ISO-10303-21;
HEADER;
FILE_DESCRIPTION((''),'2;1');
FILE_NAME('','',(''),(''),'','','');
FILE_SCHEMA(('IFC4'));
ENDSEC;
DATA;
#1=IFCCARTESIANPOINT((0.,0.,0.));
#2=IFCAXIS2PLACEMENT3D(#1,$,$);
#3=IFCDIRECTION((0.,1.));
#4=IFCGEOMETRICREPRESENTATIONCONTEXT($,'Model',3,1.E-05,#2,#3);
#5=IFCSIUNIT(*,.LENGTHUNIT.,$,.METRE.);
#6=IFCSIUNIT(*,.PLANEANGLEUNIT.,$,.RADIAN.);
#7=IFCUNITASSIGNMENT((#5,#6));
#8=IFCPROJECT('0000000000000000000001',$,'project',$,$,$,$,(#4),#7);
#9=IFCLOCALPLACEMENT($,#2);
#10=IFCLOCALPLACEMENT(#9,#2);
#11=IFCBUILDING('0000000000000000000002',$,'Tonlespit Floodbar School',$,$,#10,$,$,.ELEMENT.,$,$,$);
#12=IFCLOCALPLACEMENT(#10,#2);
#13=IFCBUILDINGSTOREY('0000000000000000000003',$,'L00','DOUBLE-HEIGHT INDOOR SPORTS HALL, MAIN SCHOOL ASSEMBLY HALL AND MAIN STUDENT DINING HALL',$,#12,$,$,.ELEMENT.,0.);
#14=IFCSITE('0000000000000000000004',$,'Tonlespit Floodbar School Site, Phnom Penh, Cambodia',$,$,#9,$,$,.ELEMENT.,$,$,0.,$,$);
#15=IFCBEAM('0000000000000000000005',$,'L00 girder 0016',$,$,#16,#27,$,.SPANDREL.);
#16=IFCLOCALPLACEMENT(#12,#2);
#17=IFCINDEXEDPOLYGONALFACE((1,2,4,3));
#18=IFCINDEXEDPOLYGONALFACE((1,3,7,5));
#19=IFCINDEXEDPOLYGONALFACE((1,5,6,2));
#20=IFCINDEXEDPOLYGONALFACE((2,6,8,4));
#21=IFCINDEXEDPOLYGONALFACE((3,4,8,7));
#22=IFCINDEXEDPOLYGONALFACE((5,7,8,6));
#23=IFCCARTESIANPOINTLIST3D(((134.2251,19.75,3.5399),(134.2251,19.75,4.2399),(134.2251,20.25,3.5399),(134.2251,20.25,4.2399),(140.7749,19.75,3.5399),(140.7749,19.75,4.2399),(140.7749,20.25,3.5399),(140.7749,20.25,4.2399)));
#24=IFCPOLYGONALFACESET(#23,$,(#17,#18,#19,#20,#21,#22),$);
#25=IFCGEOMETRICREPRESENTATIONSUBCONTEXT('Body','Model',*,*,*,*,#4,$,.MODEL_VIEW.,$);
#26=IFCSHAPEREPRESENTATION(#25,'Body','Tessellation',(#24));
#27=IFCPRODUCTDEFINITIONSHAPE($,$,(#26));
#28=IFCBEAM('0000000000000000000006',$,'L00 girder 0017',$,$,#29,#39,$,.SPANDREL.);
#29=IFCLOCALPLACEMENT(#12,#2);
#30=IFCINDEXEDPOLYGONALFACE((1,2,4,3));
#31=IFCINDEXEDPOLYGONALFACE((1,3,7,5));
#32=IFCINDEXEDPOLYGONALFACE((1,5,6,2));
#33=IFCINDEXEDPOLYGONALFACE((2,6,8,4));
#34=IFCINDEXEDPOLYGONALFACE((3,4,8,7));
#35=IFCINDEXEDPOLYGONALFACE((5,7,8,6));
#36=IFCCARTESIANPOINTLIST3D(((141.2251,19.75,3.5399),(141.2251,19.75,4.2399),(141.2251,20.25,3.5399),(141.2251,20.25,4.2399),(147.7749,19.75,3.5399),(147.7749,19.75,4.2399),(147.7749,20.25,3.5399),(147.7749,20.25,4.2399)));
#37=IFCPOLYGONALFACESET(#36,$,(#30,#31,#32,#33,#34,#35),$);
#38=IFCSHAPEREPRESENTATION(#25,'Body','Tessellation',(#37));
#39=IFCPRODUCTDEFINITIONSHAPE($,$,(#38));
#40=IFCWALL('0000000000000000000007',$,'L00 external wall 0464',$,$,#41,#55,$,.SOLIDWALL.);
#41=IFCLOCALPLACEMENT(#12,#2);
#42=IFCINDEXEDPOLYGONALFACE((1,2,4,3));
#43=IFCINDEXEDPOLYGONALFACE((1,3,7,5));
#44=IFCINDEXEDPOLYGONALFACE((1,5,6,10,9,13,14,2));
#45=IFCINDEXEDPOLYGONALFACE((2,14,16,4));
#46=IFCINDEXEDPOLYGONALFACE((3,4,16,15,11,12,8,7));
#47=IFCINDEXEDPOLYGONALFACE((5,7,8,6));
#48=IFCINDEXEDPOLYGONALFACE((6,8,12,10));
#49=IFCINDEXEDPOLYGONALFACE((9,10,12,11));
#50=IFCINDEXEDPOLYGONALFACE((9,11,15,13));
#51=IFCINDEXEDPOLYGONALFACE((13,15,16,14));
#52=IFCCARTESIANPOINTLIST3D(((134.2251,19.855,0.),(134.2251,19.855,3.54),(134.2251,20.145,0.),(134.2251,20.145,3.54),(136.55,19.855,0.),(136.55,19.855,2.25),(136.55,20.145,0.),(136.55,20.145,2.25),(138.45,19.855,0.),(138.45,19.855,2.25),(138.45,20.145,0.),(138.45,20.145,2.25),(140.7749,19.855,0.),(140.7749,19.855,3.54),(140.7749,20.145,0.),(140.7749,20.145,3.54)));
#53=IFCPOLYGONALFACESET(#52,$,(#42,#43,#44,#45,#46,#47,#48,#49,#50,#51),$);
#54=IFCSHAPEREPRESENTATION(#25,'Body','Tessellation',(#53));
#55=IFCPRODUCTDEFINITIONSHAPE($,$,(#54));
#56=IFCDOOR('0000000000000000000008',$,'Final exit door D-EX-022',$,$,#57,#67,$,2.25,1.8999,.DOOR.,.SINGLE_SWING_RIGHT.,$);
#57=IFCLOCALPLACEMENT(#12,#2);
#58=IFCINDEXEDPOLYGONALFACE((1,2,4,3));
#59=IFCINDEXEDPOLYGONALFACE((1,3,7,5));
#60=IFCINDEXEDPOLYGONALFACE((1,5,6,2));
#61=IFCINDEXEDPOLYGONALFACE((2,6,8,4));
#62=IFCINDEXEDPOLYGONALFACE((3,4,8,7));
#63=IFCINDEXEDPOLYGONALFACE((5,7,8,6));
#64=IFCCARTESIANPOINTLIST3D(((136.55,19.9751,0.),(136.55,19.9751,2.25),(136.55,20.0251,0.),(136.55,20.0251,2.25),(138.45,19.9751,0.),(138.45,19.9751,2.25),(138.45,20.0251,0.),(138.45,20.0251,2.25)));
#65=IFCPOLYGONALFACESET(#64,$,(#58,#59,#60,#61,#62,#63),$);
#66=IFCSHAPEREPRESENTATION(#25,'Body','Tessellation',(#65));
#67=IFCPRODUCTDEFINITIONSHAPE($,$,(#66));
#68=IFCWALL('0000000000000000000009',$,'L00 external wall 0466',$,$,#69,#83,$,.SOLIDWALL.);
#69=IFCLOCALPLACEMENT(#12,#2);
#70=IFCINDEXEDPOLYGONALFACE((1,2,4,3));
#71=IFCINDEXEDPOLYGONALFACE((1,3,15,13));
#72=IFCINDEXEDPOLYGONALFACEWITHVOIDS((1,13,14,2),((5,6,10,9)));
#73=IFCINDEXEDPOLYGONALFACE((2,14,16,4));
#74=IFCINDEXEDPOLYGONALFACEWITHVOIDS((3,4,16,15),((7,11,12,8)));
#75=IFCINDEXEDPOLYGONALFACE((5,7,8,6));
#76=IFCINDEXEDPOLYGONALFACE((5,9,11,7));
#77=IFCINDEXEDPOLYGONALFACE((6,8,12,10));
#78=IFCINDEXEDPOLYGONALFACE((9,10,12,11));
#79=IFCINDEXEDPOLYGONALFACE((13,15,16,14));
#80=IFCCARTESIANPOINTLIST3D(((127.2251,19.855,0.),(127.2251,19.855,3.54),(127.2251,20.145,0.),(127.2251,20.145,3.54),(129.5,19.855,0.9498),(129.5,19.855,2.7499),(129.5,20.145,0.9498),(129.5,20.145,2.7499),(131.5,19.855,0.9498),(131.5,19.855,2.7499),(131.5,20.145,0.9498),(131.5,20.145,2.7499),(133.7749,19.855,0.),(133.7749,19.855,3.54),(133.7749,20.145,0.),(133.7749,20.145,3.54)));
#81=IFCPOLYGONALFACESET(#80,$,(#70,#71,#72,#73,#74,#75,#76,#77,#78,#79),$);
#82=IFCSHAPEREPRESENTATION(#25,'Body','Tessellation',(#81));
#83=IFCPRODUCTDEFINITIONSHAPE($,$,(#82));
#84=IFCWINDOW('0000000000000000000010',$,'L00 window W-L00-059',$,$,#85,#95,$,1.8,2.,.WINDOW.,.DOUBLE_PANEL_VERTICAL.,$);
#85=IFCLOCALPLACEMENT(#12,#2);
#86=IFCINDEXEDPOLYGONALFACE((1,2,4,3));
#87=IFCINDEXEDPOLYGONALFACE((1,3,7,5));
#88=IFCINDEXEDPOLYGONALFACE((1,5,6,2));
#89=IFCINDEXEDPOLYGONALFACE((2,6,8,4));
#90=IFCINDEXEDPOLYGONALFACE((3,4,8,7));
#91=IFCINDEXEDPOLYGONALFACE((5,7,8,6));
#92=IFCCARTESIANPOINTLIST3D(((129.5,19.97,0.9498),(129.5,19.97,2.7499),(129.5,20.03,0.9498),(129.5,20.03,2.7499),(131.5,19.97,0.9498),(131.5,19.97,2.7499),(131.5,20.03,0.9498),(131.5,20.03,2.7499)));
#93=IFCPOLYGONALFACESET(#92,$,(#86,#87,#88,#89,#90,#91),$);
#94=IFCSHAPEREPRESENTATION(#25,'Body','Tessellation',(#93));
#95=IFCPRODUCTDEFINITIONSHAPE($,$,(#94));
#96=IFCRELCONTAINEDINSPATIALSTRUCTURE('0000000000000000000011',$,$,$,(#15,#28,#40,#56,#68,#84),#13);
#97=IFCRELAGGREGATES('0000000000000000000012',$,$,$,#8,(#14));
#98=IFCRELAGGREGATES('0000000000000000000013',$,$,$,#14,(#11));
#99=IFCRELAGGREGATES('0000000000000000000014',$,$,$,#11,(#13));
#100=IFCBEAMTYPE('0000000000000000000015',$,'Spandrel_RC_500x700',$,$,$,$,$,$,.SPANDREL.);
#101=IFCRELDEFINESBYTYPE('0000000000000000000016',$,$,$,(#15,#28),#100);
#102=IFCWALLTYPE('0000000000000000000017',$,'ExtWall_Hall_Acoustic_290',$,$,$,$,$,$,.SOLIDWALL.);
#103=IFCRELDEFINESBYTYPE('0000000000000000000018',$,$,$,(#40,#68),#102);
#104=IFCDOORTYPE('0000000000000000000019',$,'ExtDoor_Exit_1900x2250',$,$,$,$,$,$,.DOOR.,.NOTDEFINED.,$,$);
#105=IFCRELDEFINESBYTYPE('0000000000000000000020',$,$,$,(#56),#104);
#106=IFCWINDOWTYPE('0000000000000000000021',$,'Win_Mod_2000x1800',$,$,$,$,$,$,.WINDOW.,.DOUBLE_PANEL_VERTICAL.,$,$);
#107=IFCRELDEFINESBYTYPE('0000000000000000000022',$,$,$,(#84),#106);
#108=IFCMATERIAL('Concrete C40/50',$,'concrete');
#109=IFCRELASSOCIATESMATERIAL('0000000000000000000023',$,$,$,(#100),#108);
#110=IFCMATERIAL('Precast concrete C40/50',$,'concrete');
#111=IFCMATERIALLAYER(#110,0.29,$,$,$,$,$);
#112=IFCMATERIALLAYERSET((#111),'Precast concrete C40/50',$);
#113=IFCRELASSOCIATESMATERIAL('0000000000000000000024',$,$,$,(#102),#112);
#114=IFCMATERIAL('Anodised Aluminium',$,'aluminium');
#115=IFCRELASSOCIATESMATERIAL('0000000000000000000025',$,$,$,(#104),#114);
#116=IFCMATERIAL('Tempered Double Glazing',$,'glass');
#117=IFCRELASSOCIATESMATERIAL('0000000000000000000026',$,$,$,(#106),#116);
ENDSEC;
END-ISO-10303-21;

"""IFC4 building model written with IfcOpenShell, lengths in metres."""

from ifc_helpers import new_model, si_unit, direction, frame, frame_2d, origin, origin_2d, place, context, subcontext, project, spatial, rectangle, extrude, material, layer, layer_set, material_profile, profile_set, type_object, element, fill, save


model = new_model("IFC4")

# Units and contexts
model_context = context("Model", 3, precision=1e-05, world=origin(), true_north=direction((0.0, 1.0)))
body_context = subcontext(model_context, "Body", "Model", "MODEL_VIEW")
ifc_project = project(units=[si_unit("LENGTHUNIT", "METRE"), si_unit("PLANEANGLEUNIT", "RADIAN")], contexts=[model_context])

# Site, building, storey
site_placement = place(None, origin())
site = spatial("IfcSite", under=ifc_project, at=site_placement, Name="Tonlespit Floodbar School Site, Phnom Penh, Cambodia", CompositionType="ELEMENT", RefElevation=0.0)
building_placement = place(site_placement, origin())
building = spatial("IfcBuilding", under=site, at=building_placement, Name="Tonlespit Floodbar School", CompositionType="ELEMENT")
storey_placement = place(building_placement, origin())
storey = spatial("IfcBuildingStorey", under=building, at=storey_placement, Name="L00", Description="DOUBLE-HEIGHT INDOOR SPORTS HALL, MAIN SCHOOL ASSEMBLY HALL AND MAIN STUDENT DINING HALL", CompositionType="ELEMENT", Elevation=0.0)

# Shared definitions
ifc_material_1 = material(Name="Concrete C40/50", Category="concrete")

# Beams
ifc_material_profile_1 = material_profile(ifc_material_1, rectangle(XDim=0.5, YDim=0.7, at=origin_2d()), Name="RC 500x700")
ifc_profile_set_1 = profile_set([ifc_material_profile_1], Name="Concrete C40/50")
beam_type_1 = type_object("IfcBeamType", Name="Spandrel_RC_500x700", PredefinedType="SPANDREL", material=ifc_profile_set_1)
for number, where, z_axis, x_axis, name in (
    (1, (134.2251, 20.0, 3.8899), (1.0, 0.0, 0.0), (0.0, 1.0, 0.0), "L00 girder 0016"),
    (2, (141.2251, 20.0, 3.8899), (1.0, 0.0, 0.0), (0.0, 1.0, 0.0), "L00 girder 0017"),
):
    element("IfcBeam", number, at=place(storey_placement, frame(where, z_axis=z_axis, x_axis=x_axis)), inside=storey, type_object=beam_type_1, Name=name, PredefinedType="SPANDREL", context=body_context, shape_type="SweptSolid", body=[
        extrude(rectangle(XDim=0.5, YDim=0.7, at=origin_2d()), origin(), (0.0, 0.0, 1.0), 6.5498),
    ])

# Wall, opening, door
ifc_material_2 = material(Name="Precast concrete C40/50", Category="concrete")
ifc_layer = layer(ifc_material_2, 0.29)
ifc_layer_set = layer_set([ifc_layer], Name="Precast concrete C40/50")
wall_type = type_object("IfcWallType", Name="ExtWall_Hall_Acoustic_290", PredefinedType="SOLIDWALL", material=ifc_layer_set)
wall_1_placement = place(storey_placement, frame((140.7749, 20.0, 0.0), z_axis=(0.0, 0.0, 1.0), x_axis=(-1.0, 0.0, 0.0)))
wall_1 = element("IfcWall", 3, at=wall_1_placement, inside=storey, type_object=wall_type, Name="L00 external wall 0464", PredefinedType="SOLIDWALL", context=body_context, shape_type="SweptSolid", body=[
    extrude(rectangle(XDim=6.5498, YDim=0.29, at=frame_2d((3.2749, 0.0))), origin(), (0.0, 0.0, 1.0), 3.54),
])
opening_1_placement = place(wall_1_placement, frame((2.325, 0.0, 0.0)))
opening_1 = element("IfcOpeningElement", 4, at=opening_1_placement, cuts=wall_1, PredefinedType="OPENING", context=body_context, shape_type="SweptSolid", body=[
    extrude(rectangle(XDim=1.8999, YDim=2.25, at=frame_2d((0.95, 1.125))), frame((0.0, 0.155, 0.0), z_axis=(0.0, -1.0, 0.0), x_axis=(1.0, 0.0, 0.0)), (0.0, 0.0, 1.0), 0.3101),
])
ifc_material_3 = material(Name="Anodised Aluminium", Category="aluminium")
door_type = type_object("IfcDoorType", Name="ExtDoor_Exit_1900x2250", OperationType="NOTDEFINED", PredefinedType="DOOR", material=ifc_material_3)
door_placement = place(opening_1_placement, origin())
door = element("IfcDoor", 5, at=door_placement, inside=storey, type_object=door_type, Name="Final exit door D-EX-022", OperationType="SINGLE_SWING_RIGHT", OverallHeight=2.25, OverallWidth=1.8999, PredefinedType="DOOR", context=body_context, shape_type="SweptSolid", body=[
    extrude(rectangle(XDim=1.8999, YDim=2.25, at=frame_2d((0.95, 1.125))), frame((0.0, 0.0249, 0.0), z_axis=(0.0, -1.0, 0.0), x_axis=(1.0, 0.0, 0.0)), (0.0, 0.0, 1.0), 0.05),
])
fill(opening_1, door)

# Wall, opening, window
wall_2_placement = place(storey_placement, frame((133.7749, 20.0, 0.0), z_axis=(0.0, 0.0, 1.0), x_axis=(-1.0, 0.0, 0.0)))
wall_2 = element("IfcWall", 6, at=wall_2_placement, inside=storey, type_object=wall_type, Name="L00 external wall 0466", PredefinedType="SOLIDWALL", context=body_context, shape_type="SweptSolid", body=[
    extrude(rectangle(XDim=6.5498, YDim=0.29, at=frame_2d((3.2749, 0.0))), origin(), (0.0, 0.0, 1.0), 3.54),
])
opening_2_placement = place(wall_2_placement, frame((2.2749, 0.0, 0.95)))
opening_2 = element("IfcOpeningElement", 7, at=opening_2_placement, cuts=wall_2, PredefinedType="OPENING", context=body_context, shape_type="SweptSolid", body=[
    extrude(rectangle(XDim=2.0, YDim=1.8, at=frame_2d((1.0, 0.8999))), frame((0.0, 0.155, 0.0), z_axis=(0.0, -1.0, 0.0), x_axis=(1.0, 0.0, 0.0)), (0.0, 0.0, 1.0), 0.3101),
])
ifc_material_4 = material(Name="Tempered Double Glazing", Category="glass")
window_type = type_object("IfcWindowType", Name="Win_Mod_2000x1800", PartitioningType="DOUBLE_PANEL_VERTICAL", PredefinedType="WINDOW", material=ifc_material_4)
window_placement = place(opening_2_placement, origin())
window = element("IfcWindow", 8, at=window_placement, inside=storey, type_object=window_type, Name="L00 window W-L00-059", OverallHeight=1.8, OverallWidth=2.0, PartitioningType="DOUBLE_PANEL_VERTICAL", PredefinedType="WINDOW", context=body_context, shape_type="SweptSolid", body=[
    extrude(rectangle(XDim=2.0, YDim=1.8, at=frame_2d((1.0, 0.8999))), frame((0.0, 0.03, 0.0), z_axis=(0.0, -1.0, 0.0), x_axis=(1.0, 0.0, 0.0)), (0.0, 0.0, 1.0), 0.0601),
])
fill(opening_2, window)

save(model, "model.ifc")
